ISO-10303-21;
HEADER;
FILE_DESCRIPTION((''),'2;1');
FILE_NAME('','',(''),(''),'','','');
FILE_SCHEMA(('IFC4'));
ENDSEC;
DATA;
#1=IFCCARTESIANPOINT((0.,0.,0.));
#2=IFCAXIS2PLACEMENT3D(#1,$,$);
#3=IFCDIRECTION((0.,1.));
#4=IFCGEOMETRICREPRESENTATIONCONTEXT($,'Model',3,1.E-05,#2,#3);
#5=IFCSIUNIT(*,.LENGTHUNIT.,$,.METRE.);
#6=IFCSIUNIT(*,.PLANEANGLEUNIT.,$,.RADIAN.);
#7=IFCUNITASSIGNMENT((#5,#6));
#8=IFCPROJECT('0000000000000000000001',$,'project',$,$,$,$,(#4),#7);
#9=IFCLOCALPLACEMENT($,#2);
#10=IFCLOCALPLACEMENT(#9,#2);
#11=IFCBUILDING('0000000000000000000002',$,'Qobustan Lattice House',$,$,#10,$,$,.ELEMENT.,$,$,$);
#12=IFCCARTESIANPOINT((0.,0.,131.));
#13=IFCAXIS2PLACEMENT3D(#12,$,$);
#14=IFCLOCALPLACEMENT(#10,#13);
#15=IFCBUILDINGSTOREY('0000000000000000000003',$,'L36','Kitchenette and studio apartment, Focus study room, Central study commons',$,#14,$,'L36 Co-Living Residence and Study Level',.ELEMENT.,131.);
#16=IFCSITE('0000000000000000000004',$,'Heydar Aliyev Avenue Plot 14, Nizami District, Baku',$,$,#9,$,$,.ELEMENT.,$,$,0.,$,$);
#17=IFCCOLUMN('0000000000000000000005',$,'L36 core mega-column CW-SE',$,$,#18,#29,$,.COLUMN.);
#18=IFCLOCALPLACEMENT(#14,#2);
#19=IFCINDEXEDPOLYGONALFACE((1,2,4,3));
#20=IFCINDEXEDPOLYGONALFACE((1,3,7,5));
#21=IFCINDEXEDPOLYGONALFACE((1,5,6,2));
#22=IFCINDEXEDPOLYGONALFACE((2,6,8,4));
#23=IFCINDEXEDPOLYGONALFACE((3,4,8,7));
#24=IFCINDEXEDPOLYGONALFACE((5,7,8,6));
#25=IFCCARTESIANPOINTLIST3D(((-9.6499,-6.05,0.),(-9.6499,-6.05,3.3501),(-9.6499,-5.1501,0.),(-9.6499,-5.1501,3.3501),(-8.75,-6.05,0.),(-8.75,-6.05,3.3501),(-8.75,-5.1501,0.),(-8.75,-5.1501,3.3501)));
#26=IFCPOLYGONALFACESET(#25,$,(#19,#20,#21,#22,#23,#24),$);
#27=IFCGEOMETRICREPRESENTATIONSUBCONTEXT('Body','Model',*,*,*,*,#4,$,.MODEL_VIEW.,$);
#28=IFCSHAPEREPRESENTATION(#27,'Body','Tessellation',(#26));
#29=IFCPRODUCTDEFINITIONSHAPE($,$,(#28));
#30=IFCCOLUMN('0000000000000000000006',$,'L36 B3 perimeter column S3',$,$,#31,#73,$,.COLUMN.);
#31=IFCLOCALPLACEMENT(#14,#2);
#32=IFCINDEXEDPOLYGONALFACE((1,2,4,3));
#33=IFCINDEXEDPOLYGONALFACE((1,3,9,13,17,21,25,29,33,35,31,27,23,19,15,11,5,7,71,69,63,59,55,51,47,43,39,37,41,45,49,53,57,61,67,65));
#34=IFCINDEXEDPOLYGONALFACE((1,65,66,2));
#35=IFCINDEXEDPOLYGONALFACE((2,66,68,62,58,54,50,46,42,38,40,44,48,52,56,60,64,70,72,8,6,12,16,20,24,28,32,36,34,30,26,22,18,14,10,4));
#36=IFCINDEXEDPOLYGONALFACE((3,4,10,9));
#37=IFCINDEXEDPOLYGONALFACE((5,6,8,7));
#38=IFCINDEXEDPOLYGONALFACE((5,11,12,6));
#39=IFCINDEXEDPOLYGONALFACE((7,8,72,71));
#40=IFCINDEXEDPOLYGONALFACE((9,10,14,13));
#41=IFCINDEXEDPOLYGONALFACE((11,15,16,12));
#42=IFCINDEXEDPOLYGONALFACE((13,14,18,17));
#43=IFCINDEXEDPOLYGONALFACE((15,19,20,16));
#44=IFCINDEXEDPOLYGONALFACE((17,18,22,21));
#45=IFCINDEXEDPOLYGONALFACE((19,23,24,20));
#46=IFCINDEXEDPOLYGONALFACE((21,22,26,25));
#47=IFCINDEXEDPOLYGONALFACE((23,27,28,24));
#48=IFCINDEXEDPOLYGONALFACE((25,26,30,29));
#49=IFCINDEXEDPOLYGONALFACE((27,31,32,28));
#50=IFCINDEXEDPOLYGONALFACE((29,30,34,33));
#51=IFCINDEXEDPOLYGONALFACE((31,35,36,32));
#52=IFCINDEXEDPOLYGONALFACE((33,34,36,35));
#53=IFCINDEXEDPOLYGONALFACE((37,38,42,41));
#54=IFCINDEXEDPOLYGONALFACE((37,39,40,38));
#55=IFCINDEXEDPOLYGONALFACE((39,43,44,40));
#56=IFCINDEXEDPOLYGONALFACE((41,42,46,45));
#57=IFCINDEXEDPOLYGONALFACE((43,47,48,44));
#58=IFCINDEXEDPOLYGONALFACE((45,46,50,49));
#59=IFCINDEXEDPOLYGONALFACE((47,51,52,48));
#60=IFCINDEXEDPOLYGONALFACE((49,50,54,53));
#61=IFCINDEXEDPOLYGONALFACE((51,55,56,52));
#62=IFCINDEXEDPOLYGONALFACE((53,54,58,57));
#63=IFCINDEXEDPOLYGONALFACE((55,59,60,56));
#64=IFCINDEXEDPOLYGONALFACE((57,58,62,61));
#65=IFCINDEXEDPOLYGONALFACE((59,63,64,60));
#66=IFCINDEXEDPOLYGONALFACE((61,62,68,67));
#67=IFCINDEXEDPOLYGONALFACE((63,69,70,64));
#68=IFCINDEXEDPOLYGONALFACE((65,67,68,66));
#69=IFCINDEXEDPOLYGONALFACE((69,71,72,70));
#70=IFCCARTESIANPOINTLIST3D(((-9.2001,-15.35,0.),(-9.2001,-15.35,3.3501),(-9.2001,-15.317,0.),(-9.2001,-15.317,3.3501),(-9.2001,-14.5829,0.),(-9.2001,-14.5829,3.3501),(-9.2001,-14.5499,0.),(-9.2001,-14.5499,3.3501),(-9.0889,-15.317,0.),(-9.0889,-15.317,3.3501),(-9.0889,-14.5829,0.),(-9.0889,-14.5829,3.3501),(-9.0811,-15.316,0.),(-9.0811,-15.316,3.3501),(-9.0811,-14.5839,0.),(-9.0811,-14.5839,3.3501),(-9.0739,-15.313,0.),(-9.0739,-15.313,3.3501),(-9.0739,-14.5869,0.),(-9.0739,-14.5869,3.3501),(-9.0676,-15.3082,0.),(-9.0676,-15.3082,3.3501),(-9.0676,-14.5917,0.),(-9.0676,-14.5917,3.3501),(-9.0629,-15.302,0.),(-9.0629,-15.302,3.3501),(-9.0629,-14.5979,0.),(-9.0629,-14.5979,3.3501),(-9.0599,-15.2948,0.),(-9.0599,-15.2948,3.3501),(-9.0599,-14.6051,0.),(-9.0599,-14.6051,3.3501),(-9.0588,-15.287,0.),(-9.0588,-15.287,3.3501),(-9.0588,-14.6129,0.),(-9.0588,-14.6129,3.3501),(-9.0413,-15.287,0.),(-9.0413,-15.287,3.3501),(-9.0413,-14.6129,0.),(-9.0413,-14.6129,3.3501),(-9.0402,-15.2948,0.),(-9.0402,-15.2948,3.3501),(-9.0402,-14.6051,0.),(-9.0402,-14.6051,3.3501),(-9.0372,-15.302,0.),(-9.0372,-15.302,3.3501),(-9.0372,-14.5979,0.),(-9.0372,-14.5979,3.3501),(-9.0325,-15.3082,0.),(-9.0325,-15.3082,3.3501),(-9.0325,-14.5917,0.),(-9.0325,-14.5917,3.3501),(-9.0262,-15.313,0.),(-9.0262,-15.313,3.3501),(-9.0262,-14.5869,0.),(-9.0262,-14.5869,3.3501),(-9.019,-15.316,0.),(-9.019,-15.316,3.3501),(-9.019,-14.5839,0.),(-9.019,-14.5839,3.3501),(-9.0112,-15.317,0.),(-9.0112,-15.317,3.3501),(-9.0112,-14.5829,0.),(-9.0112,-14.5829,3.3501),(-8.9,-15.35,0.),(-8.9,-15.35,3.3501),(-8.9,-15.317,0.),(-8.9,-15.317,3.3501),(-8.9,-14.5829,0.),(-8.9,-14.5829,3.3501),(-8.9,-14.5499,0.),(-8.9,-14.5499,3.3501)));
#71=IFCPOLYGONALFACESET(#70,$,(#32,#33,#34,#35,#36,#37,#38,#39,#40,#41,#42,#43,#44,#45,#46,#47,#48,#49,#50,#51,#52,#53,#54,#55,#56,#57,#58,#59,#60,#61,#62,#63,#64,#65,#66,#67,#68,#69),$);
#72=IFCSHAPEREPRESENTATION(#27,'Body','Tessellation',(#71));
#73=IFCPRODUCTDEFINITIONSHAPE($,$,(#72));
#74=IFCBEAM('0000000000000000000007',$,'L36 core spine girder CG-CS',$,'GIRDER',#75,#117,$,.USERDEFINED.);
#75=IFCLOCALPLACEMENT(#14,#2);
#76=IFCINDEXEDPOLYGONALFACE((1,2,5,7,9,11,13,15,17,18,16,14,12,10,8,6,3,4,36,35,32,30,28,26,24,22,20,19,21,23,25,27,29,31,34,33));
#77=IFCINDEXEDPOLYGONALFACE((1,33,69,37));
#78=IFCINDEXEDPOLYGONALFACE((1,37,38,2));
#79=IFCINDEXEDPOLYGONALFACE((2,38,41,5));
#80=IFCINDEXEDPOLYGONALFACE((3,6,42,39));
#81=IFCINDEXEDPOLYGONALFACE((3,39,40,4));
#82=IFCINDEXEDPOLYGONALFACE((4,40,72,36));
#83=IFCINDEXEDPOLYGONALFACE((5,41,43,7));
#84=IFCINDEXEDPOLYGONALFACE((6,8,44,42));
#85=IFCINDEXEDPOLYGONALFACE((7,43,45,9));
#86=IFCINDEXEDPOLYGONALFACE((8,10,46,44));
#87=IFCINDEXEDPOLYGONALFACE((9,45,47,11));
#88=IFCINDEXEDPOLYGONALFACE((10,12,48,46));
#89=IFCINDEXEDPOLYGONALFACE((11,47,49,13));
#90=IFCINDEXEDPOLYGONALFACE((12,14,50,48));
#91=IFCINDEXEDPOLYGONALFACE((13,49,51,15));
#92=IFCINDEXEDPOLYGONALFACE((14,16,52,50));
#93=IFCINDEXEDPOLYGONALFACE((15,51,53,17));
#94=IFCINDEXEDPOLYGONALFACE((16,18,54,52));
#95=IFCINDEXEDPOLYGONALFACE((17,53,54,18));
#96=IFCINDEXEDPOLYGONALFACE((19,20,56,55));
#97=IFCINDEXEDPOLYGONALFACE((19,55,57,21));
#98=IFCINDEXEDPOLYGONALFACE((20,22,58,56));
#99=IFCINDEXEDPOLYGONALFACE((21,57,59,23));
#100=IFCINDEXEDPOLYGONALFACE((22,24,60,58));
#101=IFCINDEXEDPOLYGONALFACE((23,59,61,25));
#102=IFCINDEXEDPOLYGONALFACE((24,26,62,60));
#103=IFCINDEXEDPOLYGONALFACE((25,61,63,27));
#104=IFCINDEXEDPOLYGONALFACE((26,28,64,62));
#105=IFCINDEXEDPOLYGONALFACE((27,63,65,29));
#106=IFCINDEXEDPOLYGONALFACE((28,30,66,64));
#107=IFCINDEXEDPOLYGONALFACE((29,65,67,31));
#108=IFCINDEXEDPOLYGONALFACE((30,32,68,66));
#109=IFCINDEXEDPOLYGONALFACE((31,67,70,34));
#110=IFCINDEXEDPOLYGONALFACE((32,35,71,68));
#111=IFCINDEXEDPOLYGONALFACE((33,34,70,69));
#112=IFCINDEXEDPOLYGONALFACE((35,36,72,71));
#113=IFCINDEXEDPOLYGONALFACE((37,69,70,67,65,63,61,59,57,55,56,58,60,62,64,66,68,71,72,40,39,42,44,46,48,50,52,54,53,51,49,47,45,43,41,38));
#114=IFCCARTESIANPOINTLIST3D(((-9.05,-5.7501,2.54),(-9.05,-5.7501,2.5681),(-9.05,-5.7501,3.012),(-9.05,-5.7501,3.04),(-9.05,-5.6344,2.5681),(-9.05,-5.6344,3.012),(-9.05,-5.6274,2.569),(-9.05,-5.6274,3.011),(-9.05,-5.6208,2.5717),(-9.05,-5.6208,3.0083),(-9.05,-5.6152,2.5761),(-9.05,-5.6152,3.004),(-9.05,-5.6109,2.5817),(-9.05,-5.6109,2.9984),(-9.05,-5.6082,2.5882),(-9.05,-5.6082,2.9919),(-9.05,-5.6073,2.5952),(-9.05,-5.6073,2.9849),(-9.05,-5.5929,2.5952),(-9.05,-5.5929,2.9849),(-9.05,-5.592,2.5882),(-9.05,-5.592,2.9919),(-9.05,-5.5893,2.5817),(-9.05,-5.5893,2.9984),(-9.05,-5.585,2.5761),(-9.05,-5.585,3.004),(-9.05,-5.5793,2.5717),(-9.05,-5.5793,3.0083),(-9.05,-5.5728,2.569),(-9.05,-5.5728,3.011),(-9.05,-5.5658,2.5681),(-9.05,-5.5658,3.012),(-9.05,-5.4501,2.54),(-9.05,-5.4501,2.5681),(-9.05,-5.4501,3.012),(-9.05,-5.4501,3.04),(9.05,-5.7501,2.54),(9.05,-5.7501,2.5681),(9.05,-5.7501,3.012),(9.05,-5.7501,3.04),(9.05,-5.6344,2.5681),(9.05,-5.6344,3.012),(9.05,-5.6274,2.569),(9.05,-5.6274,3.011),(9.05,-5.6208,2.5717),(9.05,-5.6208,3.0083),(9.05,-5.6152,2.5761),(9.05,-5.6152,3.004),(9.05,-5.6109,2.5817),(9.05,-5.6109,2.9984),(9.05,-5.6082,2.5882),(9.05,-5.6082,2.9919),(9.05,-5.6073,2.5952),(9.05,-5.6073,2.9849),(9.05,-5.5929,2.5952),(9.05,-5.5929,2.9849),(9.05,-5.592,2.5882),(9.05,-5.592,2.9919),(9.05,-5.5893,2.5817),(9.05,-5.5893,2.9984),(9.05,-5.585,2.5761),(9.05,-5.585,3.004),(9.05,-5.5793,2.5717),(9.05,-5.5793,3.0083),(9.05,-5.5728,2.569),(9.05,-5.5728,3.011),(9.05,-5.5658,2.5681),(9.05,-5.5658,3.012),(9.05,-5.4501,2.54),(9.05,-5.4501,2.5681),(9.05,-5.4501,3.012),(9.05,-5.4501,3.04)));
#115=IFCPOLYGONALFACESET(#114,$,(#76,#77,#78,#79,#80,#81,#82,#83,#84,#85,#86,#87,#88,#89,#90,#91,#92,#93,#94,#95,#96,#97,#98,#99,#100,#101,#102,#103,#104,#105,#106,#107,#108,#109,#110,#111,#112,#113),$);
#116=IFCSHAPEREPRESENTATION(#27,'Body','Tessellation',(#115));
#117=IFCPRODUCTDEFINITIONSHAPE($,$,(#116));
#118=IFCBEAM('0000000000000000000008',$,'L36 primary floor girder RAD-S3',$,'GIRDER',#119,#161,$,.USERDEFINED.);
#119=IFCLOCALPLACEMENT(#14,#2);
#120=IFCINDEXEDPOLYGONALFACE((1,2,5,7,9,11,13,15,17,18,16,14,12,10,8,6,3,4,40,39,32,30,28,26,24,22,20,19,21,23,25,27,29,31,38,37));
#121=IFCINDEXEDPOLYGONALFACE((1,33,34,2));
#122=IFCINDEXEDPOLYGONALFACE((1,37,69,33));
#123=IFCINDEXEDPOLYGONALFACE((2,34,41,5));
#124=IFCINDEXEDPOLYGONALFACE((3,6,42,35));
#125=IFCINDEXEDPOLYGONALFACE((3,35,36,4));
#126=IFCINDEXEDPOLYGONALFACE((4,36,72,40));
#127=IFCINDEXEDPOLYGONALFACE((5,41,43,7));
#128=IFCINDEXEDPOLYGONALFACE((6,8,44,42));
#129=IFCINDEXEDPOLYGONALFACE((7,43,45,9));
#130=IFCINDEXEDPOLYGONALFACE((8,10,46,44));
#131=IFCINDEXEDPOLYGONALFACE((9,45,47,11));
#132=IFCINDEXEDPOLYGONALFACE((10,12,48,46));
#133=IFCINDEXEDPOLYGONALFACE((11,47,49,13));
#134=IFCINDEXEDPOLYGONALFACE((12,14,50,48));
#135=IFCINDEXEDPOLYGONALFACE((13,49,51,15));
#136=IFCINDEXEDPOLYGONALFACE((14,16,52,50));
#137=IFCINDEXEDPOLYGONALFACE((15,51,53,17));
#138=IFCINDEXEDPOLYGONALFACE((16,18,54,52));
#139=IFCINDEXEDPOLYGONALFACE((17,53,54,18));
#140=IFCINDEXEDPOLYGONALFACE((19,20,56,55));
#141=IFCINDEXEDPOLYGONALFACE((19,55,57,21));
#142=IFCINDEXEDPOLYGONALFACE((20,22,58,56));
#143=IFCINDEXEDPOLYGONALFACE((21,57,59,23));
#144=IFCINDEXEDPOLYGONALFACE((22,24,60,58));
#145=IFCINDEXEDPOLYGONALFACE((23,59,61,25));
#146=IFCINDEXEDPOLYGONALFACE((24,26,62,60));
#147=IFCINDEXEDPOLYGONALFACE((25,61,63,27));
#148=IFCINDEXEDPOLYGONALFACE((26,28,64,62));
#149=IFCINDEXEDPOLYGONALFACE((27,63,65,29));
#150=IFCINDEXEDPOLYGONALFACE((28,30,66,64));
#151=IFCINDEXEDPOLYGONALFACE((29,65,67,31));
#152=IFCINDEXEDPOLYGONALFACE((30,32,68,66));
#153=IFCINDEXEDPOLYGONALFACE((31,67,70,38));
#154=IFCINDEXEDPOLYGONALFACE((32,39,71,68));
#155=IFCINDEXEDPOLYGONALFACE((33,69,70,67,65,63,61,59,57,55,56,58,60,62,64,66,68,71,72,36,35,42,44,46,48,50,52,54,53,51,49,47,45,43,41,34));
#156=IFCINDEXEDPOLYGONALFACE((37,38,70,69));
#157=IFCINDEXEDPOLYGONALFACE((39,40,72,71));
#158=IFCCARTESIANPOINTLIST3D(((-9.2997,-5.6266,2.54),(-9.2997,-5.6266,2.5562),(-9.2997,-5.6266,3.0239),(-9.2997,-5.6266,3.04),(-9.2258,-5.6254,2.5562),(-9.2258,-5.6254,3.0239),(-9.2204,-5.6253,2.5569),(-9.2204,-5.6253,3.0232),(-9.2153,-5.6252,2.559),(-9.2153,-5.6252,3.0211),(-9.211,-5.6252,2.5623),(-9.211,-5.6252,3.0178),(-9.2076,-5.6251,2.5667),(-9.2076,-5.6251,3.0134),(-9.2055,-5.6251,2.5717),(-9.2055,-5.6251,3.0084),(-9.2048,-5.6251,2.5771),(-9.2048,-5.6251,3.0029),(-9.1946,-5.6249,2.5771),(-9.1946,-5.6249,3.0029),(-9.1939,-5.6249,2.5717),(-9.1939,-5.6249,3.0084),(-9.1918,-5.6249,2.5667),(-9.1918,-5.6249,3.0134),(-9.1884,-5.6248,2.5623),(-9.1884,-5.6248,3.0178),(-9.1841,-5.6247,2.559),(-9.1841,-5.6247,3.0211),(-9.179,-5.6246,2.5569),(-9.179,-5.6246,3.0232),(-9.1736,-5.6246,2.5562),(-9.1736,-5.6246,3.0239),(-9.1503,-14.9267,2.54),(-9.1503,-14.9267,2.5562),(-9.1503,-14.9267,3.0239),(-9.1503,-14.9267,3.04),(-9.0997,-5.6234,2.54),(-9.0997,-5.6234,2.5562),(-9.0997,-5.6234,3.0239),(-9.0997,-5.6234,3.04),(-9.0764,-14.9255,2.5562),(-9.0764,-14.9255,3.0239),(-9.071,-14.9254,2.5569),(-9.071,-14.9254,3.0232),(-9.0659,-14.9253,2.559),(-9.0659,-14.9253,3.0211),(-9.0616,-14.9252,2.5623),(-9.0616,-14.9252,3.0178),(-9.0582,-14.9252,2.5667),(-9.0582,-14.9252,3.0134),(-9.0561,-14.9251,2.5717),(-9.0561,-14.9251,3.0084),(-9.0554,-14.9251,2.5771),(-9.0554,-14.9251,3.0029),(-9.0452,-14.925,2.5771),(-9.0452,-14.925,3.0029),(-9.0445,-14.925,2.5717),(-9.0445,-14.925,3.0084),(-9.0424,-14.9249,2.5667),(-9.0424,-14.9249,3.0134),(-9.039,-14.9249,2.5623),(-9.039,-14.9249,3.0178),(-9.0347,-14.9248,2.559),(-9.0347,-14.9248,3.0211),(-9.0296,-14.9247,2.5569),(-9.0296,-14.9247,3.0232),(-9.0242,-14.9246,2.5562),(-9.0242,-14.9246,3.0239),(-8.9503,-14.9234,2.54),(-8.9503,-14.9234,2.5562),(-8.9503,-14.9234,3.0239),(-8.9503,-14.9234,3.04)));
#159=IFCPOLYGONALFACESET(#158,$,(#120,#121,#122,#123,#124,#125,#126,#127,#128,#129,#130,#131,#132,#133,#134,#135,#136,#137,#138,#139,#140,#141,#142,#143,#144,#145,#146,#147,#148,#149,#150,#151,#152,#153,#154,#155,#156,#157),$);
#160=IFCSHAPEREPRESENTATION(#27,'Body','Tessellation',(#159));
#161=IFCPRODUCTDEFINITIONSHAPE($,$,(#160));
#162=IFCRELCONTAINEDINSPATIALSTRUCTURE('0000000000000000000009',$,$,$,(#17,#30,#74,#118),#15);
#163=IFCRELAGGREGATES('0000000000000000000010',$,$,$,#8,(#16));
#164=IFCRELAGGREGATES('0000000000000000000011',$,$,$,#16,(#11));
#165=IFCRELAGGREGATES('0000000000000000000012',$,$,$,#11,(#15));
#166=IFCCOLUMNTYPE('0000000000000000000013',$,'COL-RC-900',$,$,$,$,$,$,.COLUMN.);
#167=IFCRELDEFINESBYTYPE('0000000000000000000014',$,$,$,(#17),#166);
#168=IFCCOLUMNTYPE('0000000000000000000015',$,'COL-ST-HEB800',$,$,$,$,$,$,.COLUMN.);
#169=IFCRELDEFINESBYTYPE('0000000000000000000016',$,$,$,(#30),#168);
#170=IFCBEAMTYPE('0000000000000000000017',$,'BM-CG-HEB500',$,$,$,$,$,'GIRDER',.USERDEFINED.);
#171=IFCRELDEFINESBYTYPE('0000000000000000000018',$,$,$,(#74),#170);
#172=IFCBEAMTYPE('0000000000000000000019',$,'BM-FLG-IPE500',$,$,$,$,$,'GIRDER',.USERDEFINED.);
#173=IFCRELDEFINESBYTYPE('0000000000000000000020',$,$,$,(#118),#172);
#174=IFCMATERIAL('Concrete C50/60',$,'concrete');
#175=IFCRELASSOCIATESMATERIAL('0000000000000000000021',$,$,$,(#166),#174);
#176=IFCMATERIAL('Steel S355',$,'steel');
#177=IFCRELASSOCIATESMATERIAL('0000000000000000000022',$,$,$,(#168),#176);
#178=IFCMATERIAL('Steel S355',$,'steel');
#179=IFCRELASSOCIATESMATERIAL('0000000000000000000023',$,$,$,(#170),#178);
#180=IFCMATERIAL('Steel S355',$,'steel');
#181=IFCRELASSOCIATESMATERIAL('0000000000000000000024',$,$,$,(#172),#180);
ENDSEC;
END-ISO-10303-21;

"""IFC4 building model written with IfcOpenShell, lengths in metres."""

from ifc_helpers import new_model, si_unit, direction, frame, origin, origin_2d, place, context, subcontext, project, spatial, rectangle, i_section, extrude, material, material_profile, profile_set, type_object, element, save


model = new_model("IFC4")

# Units and contexts
model_context = context("Model", 3, precision=1e-05, world=origin(), true_north=direction((0.0, 1.0)))
body_context = subcontext(model_context, "Body", "Model", "MODEL_VIEW")
ifc_project = project(units=[si_unit("LENGTHUNIT", "METRE"), si_unit("PLANEANGLEUNIT", "RADIAN")], contexts=[model_context])

# Site, building, storey
site_placement = place(None, origin())
site = spatial("IfcSite", under=ifc_project, at=site_placement, Name="Heydar Aliyev Avenue Plot 14, Nizami District, Baku", CompositionType="ELEMENT", RefElevation=0.0)
building_placement = place(site_placement, origin())
building = spatial("IfcBuilding", under=site, at=building_placement, Name="Qobustan Lattice House", CompositionType="ELEMENT")
storey_placement = place(building_placement, frame((0.0, 0.0, 131.0)))
storey = spatial("IfcBuildingStorey", under=building, at=storey_placement, Name="L36", Description="Kitchenette and studio apartment, Focus study room, Central study commons", LongName="L36 Co-Living Residence and Study Level", CompositionType="ELEMENT", Elevation=131.0)

# Columns
ifc_material_1 = material(Name="Concrete C50/60", Category="concrete")
ifc_material_profile_1 = material_profile(ifc_material_1, rectangle(XDim=0.8999, YDim=0.8999, at=origin_2d()), Name="RC900x900")
ifc_profile_set_1 = profile_set([ifc_material_profile_1], Name="Concrete C50/60")
column_type_1 = type_object("IfcColumnType", Name="COL-RC-900", PredefinedType="COLUMN", material=ifc_profile_set_1)
column_1_placement = place(storey_placement, frame((-9.2, -5.6001, 0.0), z_axis=(0.0, 0.0, 1.0), x_axis=(1.0, 0.0, 0.0)))
element("IfcColumn", 1, at=column_1_placement, inside=storey, type_object=column_type_1, Name="L36 core mega-column CW-SE", PredefinedType="COLUMN", context=body_context, shape_type="SweptSolid", body=[
    extrude(rectangle(XDim=0.8999, YDim=0.8999, at=origin_2d()), origin(), (0.0, 0.0, 1.0), 3.3501),
])
ifc_material_2 = material(Name="Steel S355", Category="steel")
ifc_material_profile_2 = material_profile(ifc_material_2, i_section(OverallWidth=0.3, OverallDepth=0.8, WebThickness=0.0176, FlangeThickness=0.033, FilletRadius=0.03, at=origin_2d()), Name="HEB800")
ifc_profile_set_2 = profile_set([ifc_material_profile_2], Name="Steel S355")
column_type_2 = type_object("IfcColumnType", Name="COL-ST-HEB800", PredefinedType="COLUMN", material=ifc_profile_set_2)
column_2_placement = place(storey_placement, frame((-9.05, -14.95, 0.0), z_axis=(0.0, 0.0, 1.0), x_axis=(1.0, 0.0, 0.0)))
element("IfcColumn", 2, at=column_2_placement, inside=storey, type_object=column_type_2, Name="L36 B3 perimeter column S3", PredefinedType="COLUMN", context=body_context, shape_type="SweptSolid", body=[
    extrude(i_section(OverallWidth=0.3, OverallDepth=0.8, WebThickness=0.0176, FlangeThickness=0.033, FilletRadius=0.03, at=origin_2d()), origin(), (0.0, 0.0, 1.0), 3.3501),
])

# Beams
ifc_material_3 = material(Name="Steel S355", Category="steel")
ifc_material_profile_3 = material_profile(ifc_material_3, i_section(OverallWidth=0.3, OverallDepth=0.5, WebThickness=0.0144, FlangeThickness=0.0281, FilletRadius=0.0271, at=origin_2d()), Name="HEB500")
ifc_profile_set_3 = profile_set([ifc_material_profile_3], Name="Steel S355")
beam_type_1 = type_object("IfcBeamType", Name="BM-CG-HEB500", ElementType="GIRDER", PredefinedType="USERDEFINED", material=ifc_profile_set_3)
beam_1_placement = place(storey_placement, frame((-9.05, -5.6001, 2.79), z_axis=(1.0, 0.0, 0.0), x_axis=(0.0, 1.0, 0.0)))
element("IfcBeam", 3, at=beam_1_placement, inside=storey, type_object=beam_type_1, Name="L36 core spine girder CG-CS", ObjectType="GIRDER", PredefinedType="USERDEFINED", context=body_context, shape_type="SweptSolid", body=[
    extrude(i_section(OverallWidth=0.3, OverallDepth=0.5, WebThickness=0.0144, FlangeThickness=0.0281, FilletRadius=0.0271, at=origin_2d()), origin(), (0.0, 0.0, 1.0), 18.1001),
])
ifc_material_4 = material(Name="Steel S355", Category="steel")
ifc_material_profile_4 = material_profile(ifc_material_4, i_section(OverallWidth=0.2, OverallDepth=0.5, WebThickness=0.0103, FlangeThickness=0.0161, FilletRadius=0.021, at=origin_2d()), Name="IPE500")
ifc_profile_set_4 = profile_set([ifc_material_profile_4], Name="Steel S355")
beam_type_2 = type_object("IfcBeamType", Name="BM-FLG-IPE500", ElementType="GIRDER", PredefinedType="USERDEFINED", material=ifc_profile_set_4)
beam_2_placement = place(storey_placement, frame((-9.0503, -14.925, 2.79), z_axis=(-0.016064, 0.999871, 0.0), x_axis=(-0.999871, -0.016064, 0.0)))
element("IfcBeam", 4, at=beam_2_placement, inside=storey, type_object=beam_type_2, Name="L36 primary floor girder RAD-S3", ObjectType="GIRDER", PredefinedType="USERDEFINED", context=body_context, shape_type="SweptSolid", body=[
    extrude(i_section(OverallWidth=0.2, OverallDepth=0.5, WebThickness=0.0103, FlangeThickness=0.0161, FilletRadius=0.021, at=origin_2d()), origin(), (0.0, 0.0, 1.0), 9.3013),
])

save(model, "model.ifc")
